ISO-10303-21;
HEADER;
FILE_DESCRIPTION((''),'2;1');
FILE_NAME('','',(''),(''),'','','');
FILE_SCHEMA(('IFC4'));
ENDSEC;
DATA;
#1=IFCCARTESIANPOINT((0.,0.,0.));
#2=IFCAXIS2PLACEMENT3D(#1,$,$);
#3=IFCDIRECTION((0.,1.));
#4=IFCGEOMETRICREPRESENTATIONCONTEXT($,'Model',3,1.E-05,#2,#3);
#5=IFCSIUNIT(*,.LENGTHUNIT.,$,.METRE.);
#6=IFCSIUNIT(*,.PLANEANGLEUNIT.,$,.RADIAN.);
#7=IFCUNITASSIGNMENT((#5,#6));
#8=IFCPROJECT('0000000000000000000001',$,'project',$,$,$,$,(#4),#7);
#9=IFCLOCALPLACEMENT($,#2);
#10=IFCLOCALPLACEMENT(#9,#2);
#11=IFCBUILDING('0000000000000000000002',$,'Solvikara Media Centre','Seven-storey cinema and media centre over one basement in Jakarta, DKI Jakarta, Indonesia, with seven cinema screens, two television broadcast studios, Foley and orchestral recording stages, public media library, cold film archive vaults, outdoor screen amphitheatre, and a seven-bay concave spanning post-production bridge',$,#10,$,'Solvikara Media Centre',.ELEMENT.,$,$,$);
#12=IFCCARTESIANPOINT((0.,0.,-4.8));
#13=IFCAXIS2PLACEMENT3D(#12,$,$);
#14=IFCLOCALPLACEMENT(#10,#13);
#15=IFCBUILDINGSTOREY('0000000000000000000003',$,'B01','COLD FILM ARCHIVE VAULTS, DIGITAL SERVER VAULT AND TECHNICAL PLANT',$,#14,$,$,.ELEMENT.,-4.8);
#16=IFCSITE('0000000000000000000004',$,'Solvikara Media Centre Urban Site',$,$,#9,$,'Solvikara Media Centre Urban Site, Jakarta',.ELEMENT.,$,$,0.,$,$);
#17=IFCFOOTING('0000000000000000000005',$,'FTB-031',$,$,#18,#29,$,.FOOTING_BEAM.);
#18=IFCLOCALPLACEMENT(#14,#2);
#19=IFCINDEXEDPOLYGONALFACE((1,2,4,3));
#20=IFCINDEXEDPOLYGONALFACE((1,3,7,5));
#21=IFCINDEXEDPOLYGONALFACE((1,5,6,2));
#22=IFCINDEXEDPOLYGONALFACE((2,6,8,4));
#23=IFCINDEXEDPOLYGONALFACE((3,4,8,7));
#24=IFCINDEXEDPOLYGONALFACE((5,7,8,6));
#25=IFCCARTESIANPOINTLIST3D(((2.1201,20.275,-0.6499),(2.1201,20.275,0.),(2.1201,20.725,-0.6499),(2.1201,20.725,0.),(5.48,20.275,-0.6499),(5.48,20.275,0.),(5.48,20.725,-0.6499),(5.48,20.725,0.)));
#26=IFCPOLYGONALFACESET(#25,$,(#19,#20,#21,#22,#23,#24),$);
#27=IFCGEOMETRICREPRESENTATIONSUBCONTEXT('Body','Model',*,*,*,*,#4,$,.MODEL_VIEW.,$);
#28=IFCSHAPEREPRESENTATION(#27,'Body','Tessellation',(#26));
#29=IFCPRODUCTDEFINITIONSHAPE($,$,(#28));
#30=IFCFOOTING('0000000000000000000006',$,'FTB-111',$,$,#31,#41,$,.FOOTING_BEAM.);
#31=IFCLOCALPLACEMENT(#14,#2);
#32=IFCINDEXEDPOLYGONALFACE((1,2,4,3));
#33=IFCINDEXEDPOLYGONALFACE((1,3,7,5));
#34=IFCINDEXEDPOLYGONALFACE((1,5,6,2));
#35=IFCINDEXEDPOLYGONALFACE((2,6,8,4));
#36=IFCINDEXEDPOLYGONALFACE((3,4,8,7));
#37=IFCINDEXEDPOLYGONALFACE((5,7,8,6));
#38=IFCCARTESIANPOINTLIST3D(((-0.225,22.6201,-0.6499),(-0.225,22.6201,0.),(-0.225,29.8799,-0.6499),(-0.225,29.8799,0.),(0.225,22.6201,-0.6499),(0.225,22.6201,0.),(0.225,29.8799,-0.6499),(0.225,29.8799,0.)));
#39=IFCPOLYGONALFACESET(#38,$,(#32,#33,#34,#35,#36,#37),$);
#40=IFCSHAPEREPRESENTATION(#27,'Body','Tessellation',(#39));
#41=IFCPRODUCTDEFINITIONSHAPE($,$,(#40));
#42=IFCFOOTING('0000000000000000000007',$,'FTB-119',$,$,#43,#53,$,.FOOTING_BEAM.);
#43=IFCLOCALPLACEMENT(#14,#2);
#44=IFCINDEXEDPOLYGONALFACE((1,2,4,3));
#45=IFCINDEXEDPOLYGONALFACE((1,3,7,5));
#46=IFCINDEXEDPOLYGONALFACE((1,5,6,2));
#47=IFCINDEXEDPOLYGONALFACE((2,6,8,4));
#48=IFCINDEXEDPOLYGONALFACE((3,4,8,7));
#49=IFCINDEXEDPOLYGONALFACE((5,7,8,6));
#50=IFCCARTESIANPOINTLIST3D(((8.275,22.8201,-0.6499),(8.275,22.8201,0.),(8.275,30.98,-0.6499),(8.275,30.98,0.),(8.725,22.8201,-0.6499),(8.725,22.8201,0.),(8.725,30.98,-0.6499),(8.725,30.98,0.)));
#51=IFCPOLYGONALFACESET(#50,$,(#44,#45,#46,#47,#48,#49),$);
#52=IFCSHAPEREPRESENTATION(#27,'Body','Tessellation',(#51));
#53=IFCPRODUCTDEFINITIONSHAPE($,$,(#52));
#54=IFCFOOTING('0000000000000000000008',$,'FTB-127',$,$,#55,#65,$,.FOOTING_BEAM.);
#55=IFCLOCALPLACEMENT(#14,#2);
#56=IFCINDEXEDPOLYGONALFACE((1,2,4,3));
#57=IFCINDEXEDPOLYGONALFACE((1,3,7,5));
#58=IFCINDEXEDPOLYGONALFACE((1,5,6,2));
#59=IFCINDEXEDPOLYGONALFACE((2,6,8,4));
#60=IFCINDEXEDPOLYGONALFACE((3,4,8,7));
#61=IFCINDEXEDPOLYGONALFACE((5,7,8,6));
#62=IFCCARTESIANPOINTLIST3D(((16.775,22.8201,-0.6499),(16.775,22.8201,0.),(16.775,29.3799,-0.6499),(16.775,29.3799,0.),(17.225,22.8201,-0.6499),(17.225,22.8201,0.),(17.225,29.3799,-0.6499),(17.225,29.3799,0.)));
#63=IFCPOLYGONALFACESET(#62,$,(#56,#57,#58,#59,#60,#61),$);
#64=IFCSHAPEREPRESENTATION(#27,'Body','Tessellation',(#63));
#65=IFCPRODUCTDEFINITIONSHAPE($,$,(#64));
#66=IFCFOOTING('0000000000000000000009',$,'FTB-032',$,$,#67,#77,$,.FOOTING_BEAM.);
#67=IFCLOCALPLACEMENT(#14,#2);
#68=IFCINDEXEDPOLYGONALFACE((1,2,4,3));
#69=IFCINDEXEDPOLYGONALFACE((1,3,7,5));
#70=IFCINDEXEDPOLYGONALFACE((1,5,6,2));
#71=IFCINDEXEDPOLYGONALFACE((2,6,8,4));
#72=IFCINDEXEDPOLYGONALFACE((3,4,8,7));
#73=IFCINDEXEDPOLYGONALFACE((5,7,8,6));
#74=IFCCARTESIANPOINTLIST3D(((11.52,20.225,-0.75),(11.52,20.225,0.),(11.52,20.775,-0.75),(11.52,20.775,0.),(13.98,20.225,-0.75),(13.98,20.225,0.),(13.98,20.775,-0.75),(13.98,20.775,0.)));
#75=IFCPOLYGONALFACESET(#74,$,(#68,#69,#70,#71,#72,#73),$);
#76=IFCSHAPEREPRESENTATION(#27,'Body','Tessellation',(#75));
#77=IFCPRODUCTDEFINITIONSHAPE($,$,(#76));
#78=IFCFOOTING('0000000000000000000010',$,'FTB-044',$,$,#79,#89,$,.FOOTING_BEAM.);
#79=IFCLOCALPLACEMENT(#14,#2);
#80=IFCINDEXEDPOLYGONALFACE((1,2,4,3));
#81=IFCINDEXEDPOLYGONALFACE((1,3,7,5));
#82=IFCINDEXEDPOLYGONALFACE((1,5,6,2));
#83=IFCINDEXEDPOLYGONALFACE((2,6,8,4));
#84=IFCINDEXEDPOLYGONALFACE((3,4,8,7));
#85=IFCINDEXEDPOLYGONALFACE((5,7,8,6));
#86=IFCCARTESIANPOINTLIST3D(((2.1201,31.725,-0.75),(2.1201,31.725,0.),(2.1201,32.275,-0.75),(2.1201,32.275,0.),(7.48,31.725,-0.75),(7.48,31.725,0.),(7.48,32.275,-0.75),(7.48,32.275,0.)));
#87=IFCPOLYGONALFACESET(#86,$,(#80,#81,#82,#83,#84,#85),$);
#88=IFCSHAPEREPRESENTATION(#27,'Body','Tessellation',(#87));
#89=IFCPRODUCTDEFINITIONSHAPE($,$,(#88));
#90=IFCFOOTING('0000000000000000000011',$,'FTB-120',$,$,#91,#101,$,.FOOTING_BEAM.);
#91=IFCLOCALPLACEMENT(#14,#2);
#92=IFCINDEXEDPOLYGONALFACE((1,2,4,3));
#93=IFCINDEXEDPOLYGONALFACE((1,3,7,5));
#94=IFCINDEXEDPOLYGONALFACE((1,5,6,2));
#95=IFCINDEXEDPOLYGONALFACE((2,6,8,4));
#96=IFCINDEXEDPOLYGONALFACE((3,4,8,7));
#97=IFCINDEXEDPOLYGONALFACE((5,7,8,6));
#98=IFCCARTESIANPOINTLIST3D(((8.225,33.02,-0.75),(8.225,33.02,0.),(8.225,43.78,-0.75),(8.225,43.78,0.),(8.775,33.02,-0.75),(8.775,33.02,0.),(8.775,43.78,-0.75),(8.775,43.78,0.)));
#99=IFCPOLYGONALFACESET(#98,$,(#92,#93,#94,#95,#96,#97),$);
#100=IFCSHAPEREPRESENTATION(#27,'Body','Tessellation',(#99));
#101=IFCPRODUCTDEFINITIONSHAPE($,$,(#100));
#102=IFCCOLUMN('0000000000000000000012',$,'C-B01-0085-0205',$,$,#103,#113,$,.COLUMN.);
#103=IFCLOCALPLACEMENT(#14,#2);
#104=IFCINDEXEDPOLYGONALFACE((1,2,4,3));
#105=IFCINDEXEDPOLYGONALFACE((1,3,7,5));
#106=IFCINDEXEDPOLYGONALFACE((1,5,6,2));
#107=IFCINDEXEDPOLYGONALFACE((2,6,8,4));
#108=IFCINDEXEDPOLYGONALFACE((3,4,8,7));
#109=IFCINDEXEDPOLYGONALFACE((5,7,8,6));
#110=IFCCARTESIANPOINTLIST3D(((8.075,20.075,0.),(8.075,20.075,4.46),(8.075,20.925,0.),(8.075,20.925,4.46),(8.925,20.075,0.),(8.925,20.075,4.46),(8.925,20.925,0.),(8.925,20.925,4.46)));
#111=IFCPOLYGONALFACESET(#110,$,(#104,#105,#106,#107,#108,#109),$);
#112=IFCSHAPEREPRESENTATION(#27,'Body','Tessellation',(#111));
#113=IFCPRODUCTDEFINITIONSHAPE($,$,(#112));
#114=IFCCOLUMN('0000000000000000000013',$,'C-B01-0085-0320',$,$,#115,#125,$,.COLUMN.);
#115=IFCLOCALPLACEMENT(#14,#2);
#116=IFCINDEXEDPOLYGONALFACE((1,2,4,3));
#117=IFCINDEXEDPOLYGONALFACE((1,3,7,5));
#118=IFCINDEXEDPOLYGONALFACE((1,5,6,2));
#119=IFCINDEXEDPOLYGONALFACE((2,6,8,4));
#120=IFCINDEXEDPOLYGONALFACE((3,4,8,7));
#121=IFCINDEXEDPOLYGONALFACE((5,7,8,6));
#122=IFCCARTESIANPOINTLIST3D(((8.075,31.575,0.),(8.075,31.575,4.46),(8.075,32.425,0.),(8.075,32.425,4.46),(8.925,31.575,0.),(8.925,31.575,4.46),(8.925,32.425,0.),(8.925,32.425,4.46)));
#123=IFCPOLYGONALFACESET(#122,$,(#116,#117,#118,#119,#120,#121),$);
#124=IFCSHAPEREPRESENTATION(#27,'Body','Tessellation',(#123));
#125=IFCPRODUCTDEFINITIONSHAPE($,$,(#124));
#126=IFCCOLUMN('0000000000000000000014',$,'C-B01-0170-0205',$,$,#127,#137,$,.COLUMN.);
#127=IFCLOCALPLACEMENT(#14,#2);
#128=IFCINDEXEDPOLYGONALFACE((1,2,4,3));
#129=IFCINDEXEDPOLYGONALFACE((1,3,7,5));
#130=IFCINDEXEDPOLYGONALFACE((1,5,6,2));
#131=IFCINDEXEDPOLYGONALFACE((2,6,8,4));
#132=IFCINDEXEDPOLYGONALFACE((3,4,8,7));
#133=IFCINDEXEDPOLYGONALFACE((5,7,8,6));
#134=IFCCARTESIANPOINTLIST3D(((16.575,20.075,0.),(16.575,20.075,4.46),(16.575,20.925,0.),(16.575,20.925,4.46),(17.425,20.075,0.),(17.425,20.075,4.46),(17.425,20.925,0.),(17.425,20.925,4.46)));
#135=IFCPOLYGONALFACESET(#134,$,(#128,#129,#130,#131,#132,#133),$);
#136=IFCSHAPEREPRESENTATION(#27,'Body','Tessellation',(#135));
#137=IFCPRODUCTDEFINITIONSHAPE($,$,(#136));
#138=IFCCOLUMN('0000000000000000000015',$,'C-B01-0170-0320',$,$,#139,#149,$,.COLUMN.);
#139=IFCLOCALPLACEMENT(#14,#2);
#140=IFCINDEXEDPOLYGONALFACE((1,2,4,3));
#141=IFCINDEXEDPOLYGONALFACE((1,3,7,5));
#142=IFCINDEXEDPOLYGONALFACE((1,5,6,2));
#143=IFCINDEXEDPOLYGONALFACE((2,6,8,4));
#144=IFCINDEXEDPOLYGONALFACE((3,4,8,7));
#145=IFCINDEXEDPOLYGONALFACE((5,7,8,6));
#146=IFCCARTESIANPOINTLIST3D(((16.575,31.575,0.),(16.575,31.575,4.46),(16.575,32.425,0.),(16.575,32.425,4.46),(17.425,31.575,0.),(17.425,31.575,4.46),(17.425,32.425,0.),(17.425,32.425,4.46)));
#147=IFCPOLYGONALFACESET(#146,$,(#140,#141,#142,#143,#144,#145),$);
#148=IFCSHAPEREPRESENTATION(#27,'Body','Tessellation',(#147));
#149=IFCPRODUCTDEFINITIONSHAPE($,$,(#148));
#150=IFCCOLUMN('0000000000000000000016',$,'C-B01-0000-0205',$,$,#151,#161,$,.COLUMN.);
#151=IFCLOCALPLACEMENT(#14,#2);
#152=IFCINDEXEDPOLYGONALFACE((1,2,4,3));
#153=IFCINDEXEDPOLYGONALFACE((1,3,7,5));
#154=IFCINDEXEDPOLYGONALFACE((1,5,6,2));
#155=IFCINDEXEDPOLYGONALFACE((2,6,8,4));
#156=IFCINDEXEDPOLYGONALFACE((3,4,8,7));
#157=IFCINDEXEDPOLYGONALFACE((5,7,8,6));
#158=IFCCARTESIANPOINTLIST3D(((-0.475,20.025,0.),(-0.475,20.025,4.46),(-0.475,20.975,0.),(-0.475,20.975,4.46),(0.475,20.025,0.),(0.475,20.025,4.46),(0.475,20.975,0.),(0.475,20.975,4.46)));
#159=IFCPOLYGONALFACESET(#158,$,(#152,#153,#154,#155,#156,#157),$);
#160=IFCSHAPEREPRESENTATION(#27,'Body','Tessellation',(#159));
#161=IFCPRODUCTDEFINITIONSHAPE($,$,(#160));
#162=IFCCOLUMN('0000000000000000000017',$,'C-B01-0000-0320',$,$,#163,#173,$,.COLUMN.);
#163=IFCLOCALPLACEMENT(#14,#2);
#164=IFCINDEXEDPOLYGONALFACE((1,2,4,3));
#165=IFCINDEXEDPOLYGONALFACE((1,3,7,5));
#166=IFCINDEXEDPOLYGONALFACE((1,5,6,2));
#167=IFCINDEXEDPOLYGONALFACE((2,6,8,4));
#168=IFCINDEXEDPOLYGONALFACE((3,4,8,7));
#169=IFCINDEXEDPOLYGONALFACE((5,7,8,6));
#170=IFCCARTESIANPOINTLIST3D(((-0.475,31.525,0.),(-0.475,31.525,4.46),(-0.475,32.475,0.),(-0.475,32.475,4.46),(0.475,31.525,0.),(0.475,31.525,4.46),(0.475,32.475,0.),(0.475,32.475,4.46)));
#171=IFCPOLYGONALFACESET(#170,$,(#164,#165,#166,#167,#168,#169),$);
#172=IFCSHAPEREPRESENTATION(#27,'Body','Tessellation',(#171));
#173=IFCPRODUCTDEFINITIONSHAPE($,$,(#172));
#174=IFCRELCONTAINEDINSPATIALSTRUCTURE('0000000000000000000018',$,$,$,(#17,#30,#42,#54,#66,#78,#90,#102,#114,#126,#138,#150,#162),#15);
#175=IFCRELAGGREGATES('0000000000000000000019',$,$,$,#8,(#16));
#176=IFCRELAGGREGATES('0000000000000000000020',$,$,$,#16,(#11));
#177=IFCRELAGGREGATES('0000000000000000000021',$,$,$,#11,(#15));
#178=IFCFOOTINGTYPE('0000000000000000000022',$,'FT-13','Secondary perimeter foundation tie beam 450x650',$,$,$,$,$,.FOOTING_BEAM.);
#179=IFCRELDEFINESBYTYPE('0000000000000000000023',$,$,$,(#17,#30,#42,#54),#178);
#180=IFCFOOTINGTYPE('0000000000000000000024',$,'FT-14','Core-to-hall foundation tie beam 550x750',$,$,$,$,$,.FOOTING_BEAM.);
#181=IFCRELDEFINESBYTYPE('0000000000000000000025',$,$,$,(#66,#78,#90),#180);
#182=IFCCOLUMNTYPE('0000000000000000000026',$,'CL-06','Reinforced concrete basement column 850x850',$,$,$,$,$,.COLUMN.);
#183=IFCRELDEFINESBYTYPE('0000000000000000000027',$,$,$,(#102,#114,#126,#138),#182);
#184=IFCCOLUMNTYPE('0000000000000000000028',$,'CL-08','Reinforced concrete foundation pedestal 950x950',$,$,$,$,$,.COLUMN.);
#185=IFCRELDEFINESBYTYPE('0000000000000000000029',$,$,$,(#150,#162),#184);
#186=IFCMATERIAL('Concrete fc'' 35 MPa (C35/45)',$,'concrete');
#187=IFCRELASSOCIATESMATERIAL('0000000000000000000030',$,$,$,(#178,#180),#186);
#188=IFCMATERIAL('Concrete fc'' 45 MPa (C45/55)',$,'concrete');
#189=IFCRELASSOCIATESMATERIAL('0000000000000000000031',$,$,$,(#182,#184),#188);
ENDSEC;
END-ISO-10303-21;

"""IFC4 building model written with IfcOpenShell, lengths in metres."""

from ifc_helpers import new_model, si_unit, direction, frame, origin, origin_2d, place, context, subcontext, project, spatial, rectangle, extrude, material, material_profile, profile_set, type_object, element, save


model = new_model("IFC4")

# Units and contexts
model_context = context("Model", 3, precision=1e-05, world=origin(), true_north=direction((0.0, 1.0)))
body_context = subcontext(model_context, "Body", "Model", "MODEL_VIEW")
ifc_project = project(units=[si_unit("LENGTHUNIT", "METRE"), si_unit("PLANEANGLEUNIT", "RADIAN")], contexts=[model_context])

# Site, building, storey
site_placement = place(None, origin())
site = spatial("IfcSite", under=ifc_project, at=site_placement, Name="Solvikara Media Centre Urban Site", LongName="Solvikara Media Centre Urban Site, Jakarta", CompositionType="ELEMENT", RefElevation=0.0)
building_placement = place(site_placement, origin())
building = spatial("IfcBuilding", under=site, at=building_placement, Name="Solvikara Media Centre", Description="Seven-storey cinema and media centre over one basement in Jakarta, DKI Jakarta, Indonesia, with seven cinema screens, two television broadcast studios, Foley and orchestral recording stages, public media library, cold film archive vaults, outdoor screen amphitheatre, and a seven-bay concave spanning post-production bridge", LongName="Solvikara Media Centre", CompositionType="ELEMENT")
storey_placement = place(building_placement, frame((0.0, 0.0, -4.8)))
storey = spatial("IfcBuildingStorey", under=building, at=storey_placement, Name="B01", Description="COLD FILM ARCHIVE VAULTS, DIGITAL SERVER VAULT AND TECHNICAL PLANT", CompositionType="ELEMENT", Elevation=-4.8)

# Shared definitions
ifc_material_1 = material(Name="Concrete fc' 35 MPa (C35/45)", Category="concrete")

# Footings
ifc_material_profile_1 = material_profile(ifc_material_1, rectangle(XDim=0.45, YDim=0.6499, at=origin_2d()), Name="RC 450x650")
ifc_profile_set_1 = profile_set([ifc_material_profile_1], Name="Concrete fc' 35 MPa (C35/45)")
footing_type_1 = type_object("IfcFootingType", Name="FT-13", Description="Secondary perimeter foundation tie beam 450x650", PredefinedType="FOOTING_BEAM", material=ifc_profile_set_1)
footing_1_placement = place(storey_placement, frame((2.1201, 20.5, -0.325), z_axis=(1.0, 0.0, 0.0), x_axis=(0.0, 1.0, 0.0)))
element("IfcFooting", 1, at=footing_1_placement, inside=storey, type_object=footing_type_1, Name="FTB-031", PredefinedType="FOOTING_BEAM", context=body_context, shape_type="SweptSolid", body=[
    extrude(rectangle(XDim=0.45, YDim=0.6499, at=origin_2d()), origin(), (0.0, 0.0, 1.0), 3.3599),
])
footing_2_placement = place(storey_placement, frame((0.0, 22.6201, -0.325), z_axis=(0.0, 1.0, 0.0), x_axis=(-1.0, 0.0, 0.0)))
element("IfcFooting", 2, at=footing_2_placement, inside=storey, type_object=footing_type_1, Name="FTB-111", PredefinedType="FOOTING_BEAM", context=body_context, shape_type="SweptSolid", body=[
    extrude(rectangle(XDim=0.45, YDim=0.6499, at=origin_2d()), origin(), (0.0, 0.0, 1.0), 7.2598),
])
footing_3_placement = place(storey_placement, frame((8.5, 22.8201, -0.325), z_axis=(0.0, 1.0, 0.0), x_axis=(-1.0, 0.0, 0.0)))
element("IfcFooting", 3, at=footing_3_placement, inside=storey, type_object=footing_type_1, Name="FTB-119", PredefinedType="FOOTING_BEAM", context=body_context, shape_type="SweptSolid", body=[
    extrude(rectangle(XDim=0.45, YDim=0.6499, at=origin_2d()), origin(), (0.0, 0.0, 1.0), 8.1599),
])
footing_4_placement = place(storey_placement, frame((17.0, 22.8201, -0.325), z_axis=(0.0, 1.0, 0.0), x_axis=(-1.0, 0.0, 0.0)))
element("IfcFooting", 4, at=footing_4_placement, inside=storey, type_object=footing_type_1, Name="FTB-127", PredefinedType="FOOTING_BEAM", context=body_context, shape_type="SweptSolid", body=[
    extrude(rectangle(XDim=0.45, YDim=0.6499, at=origin_2d()), origin(), (0.0, 0.0, 1.0), 6.5598),
])
ifc_material_profile_2 = material_profile(ifc_material_1, rectangle(XDim=0.55, YDim=0.75, at=origin_2d()), Name="RC 550x750")
ifc_profile_set_2 = profile_set([ifc_material_profile_2], Name="Concrete fc' 35 MPa (C35/45)")
footing_type_2 = type_object("IfcFootingType", Name="FT-14", Description="Core-to-hall foundation tie beam 550x750", PredefinedType="FOOTING_BEAM", material=ifc_profile_set_2)
footing_5_placement = place(storey_placement, frame((11.52, 20.5, -0.375), z_axis=(1.0, 0.0, 0.0), x_axis=(0.0, 1.0, 0.0)))
element("IfcFooting", 5, at=footing_5_placement, inside=storey, type_object=footing_type_2, Name="FTB-032", PredefinedType="FOOTING_BEAM", context=body_context, shape_type="SweptSolid", body=[
    extrude(rectangle(XDim=0.55, YDim=0.75, at=origin_2d()), origin(), (0.0, 0.0, 1.0), 2.46),
])
footing_6_placement = place(storey_placement, frame((2.1201, 32.0, -0.375), z_axis=(1.0, 0.0, 0.0), x_axis=(0.0, 1.0, 0.0)))
element("IfcFooting", 6, at=footing_6_placement, inside=storey, type_object=footing_type_2, Name="FTB-044", PredefinedType="FOOTING_BEAM", context=body_context, shape_type="SweptSolid", body=[
    extrude(rectangle(XDim=0.55, YDim=0.75, at=origin_2d()), origin(), (0.0, 0.0, 1.0), 5.3599),
])
footing_7_placement = place(storey_placement, frame((8.5, 33.02, -0.375), z_axis=(0.0, 1.0, 0.0), x_axis=(-1.0, 0.0, 0.0)))
element("IfcFooting", 7, at=footing_7_placement, inside=storey, type_object=footing_type_2, Name="FTB-120", PredefinedType="FOOTING_BEAM", context=body_context, shape_type="SweptSolid", body=[
    extrude(rectangle(XDim=0.55, YDim=0.75, at=origin_2d()), origin(), (0.0, 0.0, 1.0), 10.76),
])

# Columns
ifc_material_2 = material(Name="Concrete fc' 45 MPa (C45/55)", Category="concrete")
ifc_material_profile_3 = material_profile(ifc_material_2, rectangle(XDim=0.8501, YDim=0.8501, at=origin_2d()), Name="RC 850x850")
ifc_profile_set_3 = profile_set([ifc_material_profile_3], Name="Concrete fc' 45 MPa (C45/55)")
column_type_1 = type_object("IfcColumnType", Name="CL-06", Description="Reinforced concrete basement column 850x850", PredefinedType="COLUMN", material=ifc_profile_set_3)
for number, where, z_axis, x_axis, name in (
    (8, (8.5, 20.5, 0.0), (0.0, 0.0, 1.0), (1.0, 0.0, 0.0), "C-B01-0085-0205"),
    (9, (8.5, 32.0, 0.0), (0.0, 0.0, 1.0), (1.0, 0.0, 0.0), "C-B01-0085-0320"),
    (10, (17.0, 20.5, 0.0), (0.0, 0.0, 1.0), (1.0, 0.0, 0.0), "C-B01-0170-0205"),
    (11, (17.0, 32.0, 0.0), (0.0, 0.0, 1.0), (1.0, 0.0, 0.0), "C-B01-0170-0320"),
):
    element("IfcColumn", number, at=place(storey_placement, frame(where, z_axis=z_axis, x_axis=x_axis)), inside=storey, type_object=column_type_1, Name=name, PredefinedType="COLUMN", context=body_context, shape_type="SweptSolid", body=[
        extrude(rectangle(XDim=0.8501, YDim=0.8501, at=origin_2d()), origin(), (0.0, 0.0, 1.0), 4.46),
    ])
ifc_material_profile_4 = material_profile(ifc_material_2, rectangle(XDim=0.95, YDim=0.95, at=origin_2d()), Name="RC 950x950")
ifc_profile_set_4 = profile_set([ifc_material_profile_4], Name="Concrete fc' 45 MPa (C45/55)")
column_type_2 = type_object("IfcColumnType", Name="CL-08", Description="Reinforced concrete foundation pedestal 950x950", PredefinedType="COLUMN", material=ifc_profile_set_4)
for number, where, z_axis, x_axis, name in (
    (12, (0.0, 20.5, 0.0), (0.0, 0.0, 1.0), (1.0, 0.0, 0.0), "C-B01-0000-0205"),
    (13, (0.0, 32.0, 0.0), (0.0, 0.0, 1.0), (1.0, 0.0, 0.0), "C-B01-0000-0320"),
):
    element("IfcColumn", number, at=place(storey_placement, frame(where, z_axis=z_axis, x_axis=x_axis)), inside=storey, type_object=column_type_2, Name=name, PredefinedType="COLUMN", context=body_context, shape_type="SweptSolid", body=[
        extrude(rectangle(XDim=0.95, YDim=0.95, at=origin_2d()), origin(), (0.0, 0.0, 1.0), 4.46),
    ])

save(model, "model.ifc")
